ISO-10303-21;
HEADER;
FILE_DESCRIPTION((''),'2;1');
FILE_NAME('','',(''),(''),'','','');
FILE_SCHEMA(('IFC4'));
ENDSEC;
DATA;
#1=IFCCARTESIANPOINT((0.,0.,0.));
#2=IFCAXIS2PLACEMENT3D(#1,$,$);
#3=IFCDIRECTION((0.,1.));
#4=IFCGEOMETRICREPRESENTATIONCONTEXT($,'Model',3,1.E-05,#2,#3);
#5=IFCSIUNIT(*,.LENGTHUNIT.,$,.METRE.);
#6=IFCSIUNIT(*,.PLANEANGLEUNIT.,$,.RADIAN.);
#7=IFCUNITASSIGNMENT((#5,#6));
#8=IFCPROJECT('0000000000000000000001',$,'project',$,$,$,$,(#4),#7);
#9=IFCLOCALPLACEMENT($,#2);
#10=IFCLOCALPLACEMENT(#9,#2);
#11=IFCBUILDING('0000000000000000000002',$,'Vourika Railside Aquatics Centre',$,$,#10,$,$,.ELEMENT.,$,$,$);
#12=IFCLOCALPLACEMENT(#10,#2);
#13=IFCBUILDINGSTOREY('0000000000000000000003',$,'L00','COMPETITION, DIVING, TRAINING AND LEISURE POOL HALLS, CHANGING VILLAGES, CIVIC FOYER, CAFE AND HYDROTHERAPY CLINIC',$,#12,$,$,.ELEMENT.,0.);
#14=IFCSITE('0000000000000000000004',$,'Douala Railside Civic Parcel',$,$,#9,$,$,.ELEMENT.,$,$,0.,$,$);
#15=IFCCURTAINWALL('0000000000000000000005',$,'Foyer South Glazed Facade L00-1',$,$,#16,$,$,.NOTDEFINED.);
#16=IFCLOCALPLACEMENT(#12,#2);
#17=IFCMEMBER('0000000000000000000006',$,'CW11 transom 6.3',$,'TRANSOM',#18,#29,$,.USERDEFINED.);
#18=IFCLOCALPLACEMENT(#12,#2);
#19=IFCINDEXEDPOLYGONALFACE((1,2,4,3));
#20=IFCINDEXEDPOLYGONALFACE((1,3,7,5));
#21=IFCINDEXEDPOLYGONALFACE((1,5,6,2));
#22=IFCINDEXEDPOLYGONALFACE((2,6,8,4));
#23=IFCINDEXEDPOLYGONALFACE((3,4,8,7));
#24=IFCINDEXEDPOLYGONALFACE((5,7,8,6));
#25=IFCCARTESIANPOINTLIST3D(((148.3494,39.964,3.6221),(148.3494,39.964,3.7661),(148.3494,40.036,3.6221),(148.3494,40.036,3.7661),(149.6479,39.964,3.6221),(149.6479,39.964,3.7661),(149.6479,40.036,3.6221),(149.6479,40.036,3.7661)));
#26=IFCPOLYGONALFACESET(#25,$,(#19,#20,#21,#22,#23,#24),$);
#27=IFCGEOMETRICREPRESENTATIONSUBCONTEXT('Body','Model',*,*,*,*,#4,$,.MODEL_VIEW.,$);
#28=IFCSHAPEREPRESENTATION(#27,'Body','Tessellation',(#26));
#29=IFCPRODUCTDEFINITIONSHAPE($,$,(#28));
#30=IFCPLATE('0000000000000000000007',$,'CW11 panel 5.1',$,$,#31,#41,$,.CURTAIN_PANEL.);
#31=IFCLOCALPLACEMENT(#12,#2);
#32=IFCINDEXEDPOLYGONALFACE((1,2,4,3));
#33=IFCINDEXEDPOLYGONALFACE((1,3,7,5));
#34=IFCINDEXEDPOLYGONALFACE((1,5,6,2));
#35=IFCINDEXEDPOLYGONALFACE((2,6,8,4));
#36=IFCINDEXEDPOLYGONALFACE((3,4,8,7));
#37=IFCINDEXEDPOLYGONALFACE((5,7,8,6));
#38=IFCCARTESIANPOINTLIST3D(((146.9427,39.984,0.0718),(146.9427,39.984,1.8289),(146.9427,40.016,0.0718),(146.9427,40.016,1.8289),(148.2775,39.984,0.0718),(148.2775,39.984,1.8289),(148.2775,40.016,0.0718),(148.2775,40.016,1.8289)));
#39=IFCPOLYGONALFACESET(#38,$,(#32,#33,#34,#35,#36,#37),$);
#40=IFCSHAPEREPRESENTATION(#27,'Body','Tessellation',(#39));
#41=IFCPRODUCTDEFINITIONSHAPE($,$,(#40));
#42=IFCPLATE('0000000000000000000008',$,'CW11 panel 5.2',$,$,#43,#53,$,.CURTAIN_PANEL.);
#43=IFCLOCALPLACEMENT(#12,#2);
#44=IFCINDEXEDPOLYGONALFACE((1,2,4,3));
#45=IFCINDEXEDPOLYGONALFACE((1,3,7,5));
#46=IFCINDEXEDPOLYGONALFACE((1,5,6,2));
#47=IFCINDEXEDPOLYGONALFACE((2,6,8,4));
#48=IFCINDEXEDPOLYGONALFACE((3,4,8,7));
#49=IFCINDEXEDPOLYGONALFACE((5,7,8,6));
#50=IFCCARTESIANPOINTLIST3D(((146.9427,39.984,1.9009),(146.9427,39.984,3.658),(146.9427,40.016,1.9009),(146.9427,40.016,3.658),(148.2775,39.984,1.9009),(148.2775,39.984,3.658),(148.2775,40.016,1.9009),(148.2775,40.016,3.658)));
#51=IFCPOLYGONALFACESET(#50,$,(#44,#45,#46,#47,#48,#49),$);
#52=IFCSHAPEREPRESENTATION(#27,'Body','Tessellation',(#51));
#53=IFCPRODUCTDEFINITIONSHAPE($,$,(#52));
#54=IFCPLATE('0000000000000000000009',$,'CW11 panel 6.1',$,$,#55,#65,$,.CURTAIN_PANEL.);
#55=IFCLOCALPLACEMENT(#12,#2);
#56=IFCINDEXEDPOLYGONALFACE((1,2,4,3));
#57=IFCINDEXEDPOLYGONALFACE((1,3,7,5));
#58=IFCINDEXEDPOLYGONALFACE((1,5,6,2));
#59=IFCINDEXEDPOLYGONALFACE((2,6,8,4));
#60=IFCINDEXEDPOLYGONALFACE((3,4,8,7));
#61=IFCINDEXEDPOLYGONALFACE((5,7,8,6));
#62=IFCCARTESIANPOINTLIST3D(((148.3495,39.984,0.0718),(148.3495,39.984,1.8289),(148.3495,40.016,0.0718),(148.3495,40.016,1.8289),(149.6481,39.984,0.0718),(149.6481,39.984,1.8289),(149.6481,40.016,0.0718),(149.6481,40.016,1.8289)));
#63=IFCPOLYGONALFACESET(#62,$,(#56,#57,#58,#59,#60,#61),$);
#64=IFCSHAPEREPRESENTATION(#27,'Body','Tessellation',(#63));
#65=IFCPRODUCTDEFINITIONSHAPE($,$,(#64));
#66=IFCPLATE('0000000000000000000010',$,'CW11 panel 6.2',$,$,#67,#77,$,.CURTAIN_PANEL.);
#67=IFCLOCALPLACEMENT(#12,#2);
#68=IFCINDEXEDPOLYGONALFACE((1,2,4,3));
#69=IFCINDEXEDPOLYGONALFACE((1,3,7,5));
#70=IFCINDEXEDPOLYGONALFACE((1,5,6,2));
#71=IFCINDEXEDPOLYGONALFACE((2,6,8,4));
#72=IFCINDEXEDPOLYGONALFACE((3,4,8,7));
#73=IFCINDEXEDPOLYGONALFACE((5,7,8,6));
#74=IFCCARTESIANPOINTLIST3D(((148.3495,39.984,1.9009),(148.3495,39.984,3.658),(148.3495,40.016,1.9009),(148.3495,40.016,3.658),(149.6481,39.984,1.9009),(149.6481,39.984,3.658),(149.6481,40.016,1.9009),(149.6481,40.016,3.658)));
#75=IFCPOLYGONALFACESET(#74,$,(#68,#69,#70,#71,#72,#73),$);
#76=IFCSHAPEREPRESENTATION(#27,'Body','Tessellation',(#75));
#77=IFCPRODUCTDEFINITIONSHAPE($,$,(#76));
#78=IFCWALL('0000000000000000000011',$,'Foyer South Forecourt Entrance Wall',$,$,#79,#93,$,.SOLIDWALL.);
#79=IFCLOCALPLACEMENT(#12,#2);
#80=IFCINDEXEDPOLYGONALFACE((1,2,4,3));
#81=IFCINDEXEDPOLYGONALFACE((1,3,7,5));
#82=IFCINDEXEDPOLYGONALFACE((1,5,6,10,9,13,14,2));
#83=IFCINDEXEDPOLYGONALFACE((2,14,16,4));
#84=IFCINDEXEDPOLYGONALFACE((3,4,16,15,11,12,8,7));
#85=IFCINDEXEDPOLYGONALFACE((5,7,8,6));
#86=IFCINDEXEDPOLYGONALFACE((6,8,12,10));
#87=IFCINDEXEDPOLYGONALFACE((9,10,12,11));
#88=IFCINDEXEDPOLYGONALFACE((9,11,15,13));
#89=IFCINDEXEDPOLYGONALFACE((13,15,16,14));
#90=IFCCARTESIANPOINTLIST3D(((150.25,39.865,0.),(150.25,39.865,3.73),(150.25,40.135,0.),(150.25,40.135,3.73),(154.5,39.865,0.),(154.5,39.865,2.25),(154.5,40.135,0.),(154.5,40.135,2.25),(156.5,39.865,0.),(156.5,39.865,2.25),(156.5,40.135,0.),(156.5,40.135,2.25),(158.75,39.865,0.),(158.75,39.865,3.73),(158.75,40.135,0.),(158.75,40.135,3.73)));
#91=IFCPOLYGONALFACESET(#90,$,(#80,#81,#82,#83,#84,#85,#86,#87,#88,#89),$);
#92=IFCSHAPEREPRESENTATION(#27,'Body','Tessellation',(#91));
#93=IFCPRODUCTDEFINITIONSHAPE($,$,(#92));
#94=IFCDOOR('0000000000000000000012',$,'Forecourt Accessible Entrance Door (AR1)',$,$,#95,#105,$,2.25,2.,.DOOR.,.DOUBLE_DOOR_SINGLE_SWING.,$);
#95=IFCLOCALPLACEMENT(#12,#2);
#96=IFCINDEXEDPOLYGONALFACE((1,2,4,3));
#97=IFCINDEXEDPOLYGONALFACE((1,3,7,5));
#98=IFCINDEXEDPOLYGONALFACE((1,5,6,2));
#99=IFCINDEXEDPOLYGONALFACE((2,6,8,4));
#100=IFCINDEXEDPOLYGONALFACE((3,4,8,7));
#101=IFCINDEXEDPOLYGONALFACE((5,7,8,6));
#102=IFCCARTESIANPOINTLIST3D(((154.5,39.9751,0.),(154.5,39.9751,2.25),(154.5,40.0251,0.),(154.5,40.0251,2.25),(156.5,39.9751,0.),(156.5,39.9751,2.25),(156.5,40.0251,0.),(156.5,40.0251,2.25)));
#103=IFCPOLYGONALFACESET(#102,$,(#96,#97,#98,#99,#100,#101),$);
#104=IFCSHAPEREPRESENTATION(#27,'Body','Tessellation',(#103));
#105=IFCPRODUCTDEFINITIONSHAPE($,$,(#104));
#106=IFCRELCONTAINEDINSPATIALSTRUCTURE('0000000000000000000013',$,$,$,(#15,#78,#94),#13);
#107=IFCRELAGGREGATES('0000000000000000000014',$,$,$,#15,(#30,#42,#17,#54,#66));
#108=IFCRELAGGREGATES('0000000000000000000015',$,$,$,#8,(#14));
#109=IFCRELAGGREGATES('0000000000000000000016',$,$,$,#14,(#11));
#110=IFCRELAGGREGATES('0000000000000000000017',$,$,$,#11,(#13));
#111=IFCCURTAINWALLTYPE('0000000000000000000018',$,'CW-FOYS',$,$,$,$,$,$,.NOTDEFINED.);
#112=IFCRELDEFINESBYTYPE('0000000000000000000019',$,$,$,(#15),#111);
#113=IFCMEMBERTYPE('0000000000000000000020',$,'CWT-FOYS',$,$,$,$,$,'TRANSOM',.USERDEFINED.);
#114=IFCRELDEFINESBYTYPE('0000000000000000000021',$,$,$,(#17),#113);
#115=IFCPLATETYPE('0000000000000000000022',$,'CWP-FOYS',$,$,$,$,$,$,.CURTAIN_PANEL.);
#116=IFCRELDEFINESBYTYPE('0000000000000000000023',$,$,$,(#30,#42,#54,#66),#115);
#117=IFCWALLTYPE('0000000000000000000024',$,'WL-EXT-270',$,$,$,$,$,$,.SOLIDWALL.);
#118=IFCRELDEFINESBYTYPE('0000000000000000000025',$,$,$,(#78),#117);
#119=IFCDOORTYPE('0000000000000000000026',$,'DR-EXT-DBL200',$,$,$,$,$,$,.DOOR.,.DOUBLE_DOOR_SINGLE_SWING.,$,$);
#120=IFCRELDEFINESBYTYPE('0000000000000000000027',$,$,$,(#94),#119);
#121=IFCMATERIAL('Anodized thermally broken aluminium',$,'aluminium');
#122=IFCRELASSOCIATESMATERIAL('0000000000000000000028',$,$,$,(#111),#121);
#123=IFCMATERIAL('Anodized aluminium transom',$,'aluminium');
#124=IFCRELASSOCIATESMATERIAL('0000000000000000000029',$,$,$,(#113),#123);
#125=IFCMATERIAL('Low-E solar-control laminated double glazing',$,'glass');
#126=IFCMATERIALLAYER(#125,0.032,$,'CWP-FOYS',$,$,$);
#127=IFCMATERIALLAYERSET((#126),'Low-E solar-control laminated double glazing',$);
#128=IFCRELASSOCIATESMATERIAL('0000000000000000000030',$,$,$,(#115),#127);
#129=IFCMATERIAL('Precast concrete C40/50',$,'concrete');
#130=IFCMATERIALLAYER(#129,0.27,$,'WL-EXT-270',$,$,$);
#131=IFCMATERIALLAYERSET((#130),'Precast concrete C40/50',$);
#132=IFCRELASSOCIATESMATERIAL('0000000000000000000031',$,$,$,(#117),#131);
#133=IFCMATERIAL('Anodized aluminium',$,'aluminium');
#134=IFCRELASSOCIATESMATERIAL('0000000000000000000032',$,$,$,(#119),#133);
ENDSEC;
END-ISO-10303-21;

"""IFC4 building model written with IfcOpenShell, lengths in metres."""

from ifc_helpers import new_model, si_unit, direction, frame, frame_2d, origin, origin_2d, place, context, subcontext, project, spatial, rectangle, extrude, material, layer, layer_set, material_profile, profile_set, type_object, element, fill, aggregate, save


model = new_model("IFC4")

# Units and contexts
model_context = context("Model", 3, precision=1e-05, world=origin(), true_north=direction((0.0, 1.0)))
body_context = subcontext(model_context, "Body", "Model", "MODEL_VIEW")
ifc_project = project(units=[si_unit("LENGTHUNIT", "METRE"), si_unit("PLANEANGLEUNIT", "RADIAN")], contexts=[model_context])

# Site, building, storey
site_placement = place(None, origin())
site = spatial("IfcSite", under=ifc_project, at=site_placement, Name="Douala Railside Civic Parcel", CompositionType="ELEMENT", RefElevation=0.0)
building_placement = place(site_placement, origin())
building = spatial("IfcBuilding", under=site, at=building_placement, Name="Vourika Railside Aquatics Centre", CompositionType="ELEMENT")
storey_placement = place(building_placement, origin())
storey = spatial("IfcBuildingStorey", under=building, at=storey_placement, Name="L00", Description="COMPETITION, DIVING, TRAINING AND LEISURE POOL HALLS, CHANGING VILLAGES, CIVIC FOYER, CAFE AND HYDROTHERAPY CLINIC", CompositionType="ELEMENT", Elevation=0.0)

# Curtain wall
ifc_material_1 = material(Name="Anodized thermally broken aluminium", Category="aluminium")
curtain_wall_type = type_object("IfcCurtainWallType", Name="CW-FOYS", PredefinedType="NOTDEFINED", material=ifc_material_1)
curtain_wall_1_placement = place(storey_placement, origin())
curtain_wall_1 = element("IfcCurtainWall", 1, at=curtain_wall_1_placement, inside=storey, type_object=curtain_wall_type, Name="Foyer South Glazed Facade L00-1", PredefinedType="NOTDEFINED")

# Member
ifc_material_2 = material(Name="Anodized aluminium transom", Category="aluminium")
ifc_material_profile_1 = material_profile(ifc_material_2, rectangle(XDim=0.072, YDim=0.144, at=origin_2d()), Name="ALU-T 72x144")
ifc_profile_set_1 = profile_set([ifc_material_profile_1], Name="Anodized aluminium transom")
member_type_1 = type_object("IfcMemberType", Name="CWT-FOYS", ElementType="TRANSOM", PredefinedType="USERDEFINED", material=ifc_profile_set_1)
member_1_placement = place(storey_placement, frame((148.3494, 40.0, 3.6941), z_axis=(1.0, 0.0, 0.0), x_axis=(0.0, 1.0, 0.0)))
member_1 = element("IfcMember", 2, at=member_1_placement, type_object=member_type_1, Name="CW11 transom 6.3", ObjectType="TRANSOM", PredefinedType="USERDEFINED", context=body_context, shape_type="SweptSolid", body=[
    extrude(rectangle(XDim=0.072, YDim=0.144, at=origin_2d()), origin(), (0.0, 0.0, 1.0), 1.2986),
])

# Plates
ifc_material_3 = material(Name="Low-E solar-control laminated double glazing", Category="glass")
ifc_layer_1 = layer(ifc_material_3, 0.032, Name="CWP-FOYS")
ifc_layer_set_1 = layer_set([ifc_layer_1], Name="Low-E solar-control laminated double glazing")
plate_type = type_object("IfcPlateType", Name="CWP-FOYS", PredefinedType="CURTAIN_PANEL", material=ifc_layer_set_1)
plate_1_placement = place(storey_placement, frame((147.6101, 40.0, 0.0718), z_axis=(0.0, 0.0, 1.0), x_axis=(1.0, 0.0, 0.0)))
plate_1 = element("IfcPlate", 3, at=plate_1_placement, type_object=plate_type, Name="CW11 panel 5.1", PredefinedType="CURTAIN_PANEL", context=body_context, shape_type="SweptSolid", body=[
    extrude(rectangle(XDim=1.3347, YDim=0.032, at=origin_2d()), origin(), (0.0, 0.0, 1.0), 1.7571),
])
plate_2_placement = place(storey_placement, frame((147.6101, 40.0, 1.9009), z_axis=(0.0, 0.0, 1.0), x_axis=(1.0, 0.0, 0.0)))
plate_2 = element("IfcPlate", 4, at=plate_2_placement, type_object=plate_type, Name="CW11 panel 5.2", PredefinedType="CURTAIN_PANEL", context=body_context, shape_type="SweptSolid", body=[
    extrude(rectangle(XDim=1.3347, YDim=0.032, at=origin_2d()), origin(), (0.0, 0.0, 1.0), 1.7571),
])
plate_3_placement = place(storey_placement, frame((148.9988, 40.0, 0.0718), z_axis=(0.0, 0.0, 1.0), x_axis=(1.0, 0.0, 0.0)))
plate_3 = element("IfcPlate", 5, at=plate_3_placement, type_object=plate_type, Name="CW11 panel 6.1", PredefinedType="CURTAIN_PANEL", context=body_context, shape_type="SweptSolid", body=[
    extrude(rectangle(XDim=1.2986, YDim=0.032, at=origin_2d()), origin(), (0.0, 0.0, 1.0), 1.7571),
])
plate_4_placement = place(storey_placement, frame((148.9988, 40.0, 1.9009), z_axis=(0.0, 0.0, 1.0), x_axis=(1.0, 0.0, 0.0)))
plate_4 = element("IfcPlate", 6, at=plate_4_placement, type_object=plate_type, Name="CW11 panel 6.2", PredefinedType="CURTAIN_PANEL", context=body_context, shape_type="SweptSolid", body=[
    extrude(rectangle(XDim=1.2986, YDim=0.032, at=origin_2d()), origin(), (0.0, 0.0, 1.0), 1.7571),
])
aggregate(curtain_wall_1, [plate_1, plate_2, member_1, plate_3, plate_4])

# Wall, opening, door
ifc_material_4 = material(Name="Precast concrete C40/50", Category="concrete")
ifc_layer_2 = layer(ifc_material_4, 0.27, Name="WL-EXT-270")
ifc_layer_set_2 = layer_set([ifc_layer_2], Name="Precast concrete C40/50")
wall_type = type_object("IfcWallType", Name="WL-EXT-270", PredefinedType="SOLIDWALL", material=ifc_layer_set_2)
wall_placement = place(storey_placement, frame((150.25, 40.0, 0.0), z_axis=(0.0, 0.0, 1.0), x_axis=(1.0, 0.0, 0.0)))
wall = element("IfcWall", 7, at=wall_placement, inside=storey, type_object=wall_type, Name="Foyer South Forecourt Entrance Wall", PredefinedType="SOLIDWALL", context=body_context, shape_type="SweptSolid", body=[
    extrude(rectangle(XDim=8.5, YDim=0.27, at=frame_2d((4.25, 0.0))), origin(), (0.0, 0.0, 1.0), 3.73),
])
opening_placement = place(wall_placement, frame((4.25, 0.0, 0.0)))
opening = element("IfcOpeningElement", 8, at=opening_placement, cuts=wall, PredefinedType="OPENING", context=body_context, shape_type="SweptSolid", body=[
    extrude(rectangle(XDim=2.0, YDim=2.25, at=frame_2d((1.0, 1.125))), frame((0.0, 0.145, 0.0), z_axis=(0.0, -1.0, 0.0), x_axis=(1.0, 0.0, 0.0)), (0.0, 0.0, 1.0), 0.29),
])
ifc_material_5 = material(Name="Anodized aluminium", Category="aluminium")
door_type = type_object("IfcDoorType", Name="DR-EXT-DBL200", OperationType="DOUBLE_DOOR_SINGLE_SWING", PredefinedType="DOOR", material=ifc_material_5)
door_placement = place(opening_placement, frame((2.0, 0.0, 0.0), z_axis=(0.0, 0.0, 1.0), x_axis=(-1.0, 0.0, 0.0)))
door = element("IfcDoor", 9, at=door_placement, inside=storey, type_object=door_type, Name="Forecourt Accessible Entrance Door (AR1)", OperationType="DOUBLE_DOOR_SINGLE_SWING", OverallHeight=2.25, OverallWidth=2.0, PredefinedType="DOOR", context=body_context, shape_type="SweptSolid", body=[
    extrude(rectangle(XDim=2.0, YDim=2.25, at=frame_2d((1.0, 1.125))), frame((0.0, 0.0249, 0.0), z_axis=(0.0, -1.0, 0.0), x_axis=(1.0, 0.0, 0.0)), (0.0, 0.0, 1.0), 0.05),
])
fill(opening, door)

save(model, "model.ifc")
